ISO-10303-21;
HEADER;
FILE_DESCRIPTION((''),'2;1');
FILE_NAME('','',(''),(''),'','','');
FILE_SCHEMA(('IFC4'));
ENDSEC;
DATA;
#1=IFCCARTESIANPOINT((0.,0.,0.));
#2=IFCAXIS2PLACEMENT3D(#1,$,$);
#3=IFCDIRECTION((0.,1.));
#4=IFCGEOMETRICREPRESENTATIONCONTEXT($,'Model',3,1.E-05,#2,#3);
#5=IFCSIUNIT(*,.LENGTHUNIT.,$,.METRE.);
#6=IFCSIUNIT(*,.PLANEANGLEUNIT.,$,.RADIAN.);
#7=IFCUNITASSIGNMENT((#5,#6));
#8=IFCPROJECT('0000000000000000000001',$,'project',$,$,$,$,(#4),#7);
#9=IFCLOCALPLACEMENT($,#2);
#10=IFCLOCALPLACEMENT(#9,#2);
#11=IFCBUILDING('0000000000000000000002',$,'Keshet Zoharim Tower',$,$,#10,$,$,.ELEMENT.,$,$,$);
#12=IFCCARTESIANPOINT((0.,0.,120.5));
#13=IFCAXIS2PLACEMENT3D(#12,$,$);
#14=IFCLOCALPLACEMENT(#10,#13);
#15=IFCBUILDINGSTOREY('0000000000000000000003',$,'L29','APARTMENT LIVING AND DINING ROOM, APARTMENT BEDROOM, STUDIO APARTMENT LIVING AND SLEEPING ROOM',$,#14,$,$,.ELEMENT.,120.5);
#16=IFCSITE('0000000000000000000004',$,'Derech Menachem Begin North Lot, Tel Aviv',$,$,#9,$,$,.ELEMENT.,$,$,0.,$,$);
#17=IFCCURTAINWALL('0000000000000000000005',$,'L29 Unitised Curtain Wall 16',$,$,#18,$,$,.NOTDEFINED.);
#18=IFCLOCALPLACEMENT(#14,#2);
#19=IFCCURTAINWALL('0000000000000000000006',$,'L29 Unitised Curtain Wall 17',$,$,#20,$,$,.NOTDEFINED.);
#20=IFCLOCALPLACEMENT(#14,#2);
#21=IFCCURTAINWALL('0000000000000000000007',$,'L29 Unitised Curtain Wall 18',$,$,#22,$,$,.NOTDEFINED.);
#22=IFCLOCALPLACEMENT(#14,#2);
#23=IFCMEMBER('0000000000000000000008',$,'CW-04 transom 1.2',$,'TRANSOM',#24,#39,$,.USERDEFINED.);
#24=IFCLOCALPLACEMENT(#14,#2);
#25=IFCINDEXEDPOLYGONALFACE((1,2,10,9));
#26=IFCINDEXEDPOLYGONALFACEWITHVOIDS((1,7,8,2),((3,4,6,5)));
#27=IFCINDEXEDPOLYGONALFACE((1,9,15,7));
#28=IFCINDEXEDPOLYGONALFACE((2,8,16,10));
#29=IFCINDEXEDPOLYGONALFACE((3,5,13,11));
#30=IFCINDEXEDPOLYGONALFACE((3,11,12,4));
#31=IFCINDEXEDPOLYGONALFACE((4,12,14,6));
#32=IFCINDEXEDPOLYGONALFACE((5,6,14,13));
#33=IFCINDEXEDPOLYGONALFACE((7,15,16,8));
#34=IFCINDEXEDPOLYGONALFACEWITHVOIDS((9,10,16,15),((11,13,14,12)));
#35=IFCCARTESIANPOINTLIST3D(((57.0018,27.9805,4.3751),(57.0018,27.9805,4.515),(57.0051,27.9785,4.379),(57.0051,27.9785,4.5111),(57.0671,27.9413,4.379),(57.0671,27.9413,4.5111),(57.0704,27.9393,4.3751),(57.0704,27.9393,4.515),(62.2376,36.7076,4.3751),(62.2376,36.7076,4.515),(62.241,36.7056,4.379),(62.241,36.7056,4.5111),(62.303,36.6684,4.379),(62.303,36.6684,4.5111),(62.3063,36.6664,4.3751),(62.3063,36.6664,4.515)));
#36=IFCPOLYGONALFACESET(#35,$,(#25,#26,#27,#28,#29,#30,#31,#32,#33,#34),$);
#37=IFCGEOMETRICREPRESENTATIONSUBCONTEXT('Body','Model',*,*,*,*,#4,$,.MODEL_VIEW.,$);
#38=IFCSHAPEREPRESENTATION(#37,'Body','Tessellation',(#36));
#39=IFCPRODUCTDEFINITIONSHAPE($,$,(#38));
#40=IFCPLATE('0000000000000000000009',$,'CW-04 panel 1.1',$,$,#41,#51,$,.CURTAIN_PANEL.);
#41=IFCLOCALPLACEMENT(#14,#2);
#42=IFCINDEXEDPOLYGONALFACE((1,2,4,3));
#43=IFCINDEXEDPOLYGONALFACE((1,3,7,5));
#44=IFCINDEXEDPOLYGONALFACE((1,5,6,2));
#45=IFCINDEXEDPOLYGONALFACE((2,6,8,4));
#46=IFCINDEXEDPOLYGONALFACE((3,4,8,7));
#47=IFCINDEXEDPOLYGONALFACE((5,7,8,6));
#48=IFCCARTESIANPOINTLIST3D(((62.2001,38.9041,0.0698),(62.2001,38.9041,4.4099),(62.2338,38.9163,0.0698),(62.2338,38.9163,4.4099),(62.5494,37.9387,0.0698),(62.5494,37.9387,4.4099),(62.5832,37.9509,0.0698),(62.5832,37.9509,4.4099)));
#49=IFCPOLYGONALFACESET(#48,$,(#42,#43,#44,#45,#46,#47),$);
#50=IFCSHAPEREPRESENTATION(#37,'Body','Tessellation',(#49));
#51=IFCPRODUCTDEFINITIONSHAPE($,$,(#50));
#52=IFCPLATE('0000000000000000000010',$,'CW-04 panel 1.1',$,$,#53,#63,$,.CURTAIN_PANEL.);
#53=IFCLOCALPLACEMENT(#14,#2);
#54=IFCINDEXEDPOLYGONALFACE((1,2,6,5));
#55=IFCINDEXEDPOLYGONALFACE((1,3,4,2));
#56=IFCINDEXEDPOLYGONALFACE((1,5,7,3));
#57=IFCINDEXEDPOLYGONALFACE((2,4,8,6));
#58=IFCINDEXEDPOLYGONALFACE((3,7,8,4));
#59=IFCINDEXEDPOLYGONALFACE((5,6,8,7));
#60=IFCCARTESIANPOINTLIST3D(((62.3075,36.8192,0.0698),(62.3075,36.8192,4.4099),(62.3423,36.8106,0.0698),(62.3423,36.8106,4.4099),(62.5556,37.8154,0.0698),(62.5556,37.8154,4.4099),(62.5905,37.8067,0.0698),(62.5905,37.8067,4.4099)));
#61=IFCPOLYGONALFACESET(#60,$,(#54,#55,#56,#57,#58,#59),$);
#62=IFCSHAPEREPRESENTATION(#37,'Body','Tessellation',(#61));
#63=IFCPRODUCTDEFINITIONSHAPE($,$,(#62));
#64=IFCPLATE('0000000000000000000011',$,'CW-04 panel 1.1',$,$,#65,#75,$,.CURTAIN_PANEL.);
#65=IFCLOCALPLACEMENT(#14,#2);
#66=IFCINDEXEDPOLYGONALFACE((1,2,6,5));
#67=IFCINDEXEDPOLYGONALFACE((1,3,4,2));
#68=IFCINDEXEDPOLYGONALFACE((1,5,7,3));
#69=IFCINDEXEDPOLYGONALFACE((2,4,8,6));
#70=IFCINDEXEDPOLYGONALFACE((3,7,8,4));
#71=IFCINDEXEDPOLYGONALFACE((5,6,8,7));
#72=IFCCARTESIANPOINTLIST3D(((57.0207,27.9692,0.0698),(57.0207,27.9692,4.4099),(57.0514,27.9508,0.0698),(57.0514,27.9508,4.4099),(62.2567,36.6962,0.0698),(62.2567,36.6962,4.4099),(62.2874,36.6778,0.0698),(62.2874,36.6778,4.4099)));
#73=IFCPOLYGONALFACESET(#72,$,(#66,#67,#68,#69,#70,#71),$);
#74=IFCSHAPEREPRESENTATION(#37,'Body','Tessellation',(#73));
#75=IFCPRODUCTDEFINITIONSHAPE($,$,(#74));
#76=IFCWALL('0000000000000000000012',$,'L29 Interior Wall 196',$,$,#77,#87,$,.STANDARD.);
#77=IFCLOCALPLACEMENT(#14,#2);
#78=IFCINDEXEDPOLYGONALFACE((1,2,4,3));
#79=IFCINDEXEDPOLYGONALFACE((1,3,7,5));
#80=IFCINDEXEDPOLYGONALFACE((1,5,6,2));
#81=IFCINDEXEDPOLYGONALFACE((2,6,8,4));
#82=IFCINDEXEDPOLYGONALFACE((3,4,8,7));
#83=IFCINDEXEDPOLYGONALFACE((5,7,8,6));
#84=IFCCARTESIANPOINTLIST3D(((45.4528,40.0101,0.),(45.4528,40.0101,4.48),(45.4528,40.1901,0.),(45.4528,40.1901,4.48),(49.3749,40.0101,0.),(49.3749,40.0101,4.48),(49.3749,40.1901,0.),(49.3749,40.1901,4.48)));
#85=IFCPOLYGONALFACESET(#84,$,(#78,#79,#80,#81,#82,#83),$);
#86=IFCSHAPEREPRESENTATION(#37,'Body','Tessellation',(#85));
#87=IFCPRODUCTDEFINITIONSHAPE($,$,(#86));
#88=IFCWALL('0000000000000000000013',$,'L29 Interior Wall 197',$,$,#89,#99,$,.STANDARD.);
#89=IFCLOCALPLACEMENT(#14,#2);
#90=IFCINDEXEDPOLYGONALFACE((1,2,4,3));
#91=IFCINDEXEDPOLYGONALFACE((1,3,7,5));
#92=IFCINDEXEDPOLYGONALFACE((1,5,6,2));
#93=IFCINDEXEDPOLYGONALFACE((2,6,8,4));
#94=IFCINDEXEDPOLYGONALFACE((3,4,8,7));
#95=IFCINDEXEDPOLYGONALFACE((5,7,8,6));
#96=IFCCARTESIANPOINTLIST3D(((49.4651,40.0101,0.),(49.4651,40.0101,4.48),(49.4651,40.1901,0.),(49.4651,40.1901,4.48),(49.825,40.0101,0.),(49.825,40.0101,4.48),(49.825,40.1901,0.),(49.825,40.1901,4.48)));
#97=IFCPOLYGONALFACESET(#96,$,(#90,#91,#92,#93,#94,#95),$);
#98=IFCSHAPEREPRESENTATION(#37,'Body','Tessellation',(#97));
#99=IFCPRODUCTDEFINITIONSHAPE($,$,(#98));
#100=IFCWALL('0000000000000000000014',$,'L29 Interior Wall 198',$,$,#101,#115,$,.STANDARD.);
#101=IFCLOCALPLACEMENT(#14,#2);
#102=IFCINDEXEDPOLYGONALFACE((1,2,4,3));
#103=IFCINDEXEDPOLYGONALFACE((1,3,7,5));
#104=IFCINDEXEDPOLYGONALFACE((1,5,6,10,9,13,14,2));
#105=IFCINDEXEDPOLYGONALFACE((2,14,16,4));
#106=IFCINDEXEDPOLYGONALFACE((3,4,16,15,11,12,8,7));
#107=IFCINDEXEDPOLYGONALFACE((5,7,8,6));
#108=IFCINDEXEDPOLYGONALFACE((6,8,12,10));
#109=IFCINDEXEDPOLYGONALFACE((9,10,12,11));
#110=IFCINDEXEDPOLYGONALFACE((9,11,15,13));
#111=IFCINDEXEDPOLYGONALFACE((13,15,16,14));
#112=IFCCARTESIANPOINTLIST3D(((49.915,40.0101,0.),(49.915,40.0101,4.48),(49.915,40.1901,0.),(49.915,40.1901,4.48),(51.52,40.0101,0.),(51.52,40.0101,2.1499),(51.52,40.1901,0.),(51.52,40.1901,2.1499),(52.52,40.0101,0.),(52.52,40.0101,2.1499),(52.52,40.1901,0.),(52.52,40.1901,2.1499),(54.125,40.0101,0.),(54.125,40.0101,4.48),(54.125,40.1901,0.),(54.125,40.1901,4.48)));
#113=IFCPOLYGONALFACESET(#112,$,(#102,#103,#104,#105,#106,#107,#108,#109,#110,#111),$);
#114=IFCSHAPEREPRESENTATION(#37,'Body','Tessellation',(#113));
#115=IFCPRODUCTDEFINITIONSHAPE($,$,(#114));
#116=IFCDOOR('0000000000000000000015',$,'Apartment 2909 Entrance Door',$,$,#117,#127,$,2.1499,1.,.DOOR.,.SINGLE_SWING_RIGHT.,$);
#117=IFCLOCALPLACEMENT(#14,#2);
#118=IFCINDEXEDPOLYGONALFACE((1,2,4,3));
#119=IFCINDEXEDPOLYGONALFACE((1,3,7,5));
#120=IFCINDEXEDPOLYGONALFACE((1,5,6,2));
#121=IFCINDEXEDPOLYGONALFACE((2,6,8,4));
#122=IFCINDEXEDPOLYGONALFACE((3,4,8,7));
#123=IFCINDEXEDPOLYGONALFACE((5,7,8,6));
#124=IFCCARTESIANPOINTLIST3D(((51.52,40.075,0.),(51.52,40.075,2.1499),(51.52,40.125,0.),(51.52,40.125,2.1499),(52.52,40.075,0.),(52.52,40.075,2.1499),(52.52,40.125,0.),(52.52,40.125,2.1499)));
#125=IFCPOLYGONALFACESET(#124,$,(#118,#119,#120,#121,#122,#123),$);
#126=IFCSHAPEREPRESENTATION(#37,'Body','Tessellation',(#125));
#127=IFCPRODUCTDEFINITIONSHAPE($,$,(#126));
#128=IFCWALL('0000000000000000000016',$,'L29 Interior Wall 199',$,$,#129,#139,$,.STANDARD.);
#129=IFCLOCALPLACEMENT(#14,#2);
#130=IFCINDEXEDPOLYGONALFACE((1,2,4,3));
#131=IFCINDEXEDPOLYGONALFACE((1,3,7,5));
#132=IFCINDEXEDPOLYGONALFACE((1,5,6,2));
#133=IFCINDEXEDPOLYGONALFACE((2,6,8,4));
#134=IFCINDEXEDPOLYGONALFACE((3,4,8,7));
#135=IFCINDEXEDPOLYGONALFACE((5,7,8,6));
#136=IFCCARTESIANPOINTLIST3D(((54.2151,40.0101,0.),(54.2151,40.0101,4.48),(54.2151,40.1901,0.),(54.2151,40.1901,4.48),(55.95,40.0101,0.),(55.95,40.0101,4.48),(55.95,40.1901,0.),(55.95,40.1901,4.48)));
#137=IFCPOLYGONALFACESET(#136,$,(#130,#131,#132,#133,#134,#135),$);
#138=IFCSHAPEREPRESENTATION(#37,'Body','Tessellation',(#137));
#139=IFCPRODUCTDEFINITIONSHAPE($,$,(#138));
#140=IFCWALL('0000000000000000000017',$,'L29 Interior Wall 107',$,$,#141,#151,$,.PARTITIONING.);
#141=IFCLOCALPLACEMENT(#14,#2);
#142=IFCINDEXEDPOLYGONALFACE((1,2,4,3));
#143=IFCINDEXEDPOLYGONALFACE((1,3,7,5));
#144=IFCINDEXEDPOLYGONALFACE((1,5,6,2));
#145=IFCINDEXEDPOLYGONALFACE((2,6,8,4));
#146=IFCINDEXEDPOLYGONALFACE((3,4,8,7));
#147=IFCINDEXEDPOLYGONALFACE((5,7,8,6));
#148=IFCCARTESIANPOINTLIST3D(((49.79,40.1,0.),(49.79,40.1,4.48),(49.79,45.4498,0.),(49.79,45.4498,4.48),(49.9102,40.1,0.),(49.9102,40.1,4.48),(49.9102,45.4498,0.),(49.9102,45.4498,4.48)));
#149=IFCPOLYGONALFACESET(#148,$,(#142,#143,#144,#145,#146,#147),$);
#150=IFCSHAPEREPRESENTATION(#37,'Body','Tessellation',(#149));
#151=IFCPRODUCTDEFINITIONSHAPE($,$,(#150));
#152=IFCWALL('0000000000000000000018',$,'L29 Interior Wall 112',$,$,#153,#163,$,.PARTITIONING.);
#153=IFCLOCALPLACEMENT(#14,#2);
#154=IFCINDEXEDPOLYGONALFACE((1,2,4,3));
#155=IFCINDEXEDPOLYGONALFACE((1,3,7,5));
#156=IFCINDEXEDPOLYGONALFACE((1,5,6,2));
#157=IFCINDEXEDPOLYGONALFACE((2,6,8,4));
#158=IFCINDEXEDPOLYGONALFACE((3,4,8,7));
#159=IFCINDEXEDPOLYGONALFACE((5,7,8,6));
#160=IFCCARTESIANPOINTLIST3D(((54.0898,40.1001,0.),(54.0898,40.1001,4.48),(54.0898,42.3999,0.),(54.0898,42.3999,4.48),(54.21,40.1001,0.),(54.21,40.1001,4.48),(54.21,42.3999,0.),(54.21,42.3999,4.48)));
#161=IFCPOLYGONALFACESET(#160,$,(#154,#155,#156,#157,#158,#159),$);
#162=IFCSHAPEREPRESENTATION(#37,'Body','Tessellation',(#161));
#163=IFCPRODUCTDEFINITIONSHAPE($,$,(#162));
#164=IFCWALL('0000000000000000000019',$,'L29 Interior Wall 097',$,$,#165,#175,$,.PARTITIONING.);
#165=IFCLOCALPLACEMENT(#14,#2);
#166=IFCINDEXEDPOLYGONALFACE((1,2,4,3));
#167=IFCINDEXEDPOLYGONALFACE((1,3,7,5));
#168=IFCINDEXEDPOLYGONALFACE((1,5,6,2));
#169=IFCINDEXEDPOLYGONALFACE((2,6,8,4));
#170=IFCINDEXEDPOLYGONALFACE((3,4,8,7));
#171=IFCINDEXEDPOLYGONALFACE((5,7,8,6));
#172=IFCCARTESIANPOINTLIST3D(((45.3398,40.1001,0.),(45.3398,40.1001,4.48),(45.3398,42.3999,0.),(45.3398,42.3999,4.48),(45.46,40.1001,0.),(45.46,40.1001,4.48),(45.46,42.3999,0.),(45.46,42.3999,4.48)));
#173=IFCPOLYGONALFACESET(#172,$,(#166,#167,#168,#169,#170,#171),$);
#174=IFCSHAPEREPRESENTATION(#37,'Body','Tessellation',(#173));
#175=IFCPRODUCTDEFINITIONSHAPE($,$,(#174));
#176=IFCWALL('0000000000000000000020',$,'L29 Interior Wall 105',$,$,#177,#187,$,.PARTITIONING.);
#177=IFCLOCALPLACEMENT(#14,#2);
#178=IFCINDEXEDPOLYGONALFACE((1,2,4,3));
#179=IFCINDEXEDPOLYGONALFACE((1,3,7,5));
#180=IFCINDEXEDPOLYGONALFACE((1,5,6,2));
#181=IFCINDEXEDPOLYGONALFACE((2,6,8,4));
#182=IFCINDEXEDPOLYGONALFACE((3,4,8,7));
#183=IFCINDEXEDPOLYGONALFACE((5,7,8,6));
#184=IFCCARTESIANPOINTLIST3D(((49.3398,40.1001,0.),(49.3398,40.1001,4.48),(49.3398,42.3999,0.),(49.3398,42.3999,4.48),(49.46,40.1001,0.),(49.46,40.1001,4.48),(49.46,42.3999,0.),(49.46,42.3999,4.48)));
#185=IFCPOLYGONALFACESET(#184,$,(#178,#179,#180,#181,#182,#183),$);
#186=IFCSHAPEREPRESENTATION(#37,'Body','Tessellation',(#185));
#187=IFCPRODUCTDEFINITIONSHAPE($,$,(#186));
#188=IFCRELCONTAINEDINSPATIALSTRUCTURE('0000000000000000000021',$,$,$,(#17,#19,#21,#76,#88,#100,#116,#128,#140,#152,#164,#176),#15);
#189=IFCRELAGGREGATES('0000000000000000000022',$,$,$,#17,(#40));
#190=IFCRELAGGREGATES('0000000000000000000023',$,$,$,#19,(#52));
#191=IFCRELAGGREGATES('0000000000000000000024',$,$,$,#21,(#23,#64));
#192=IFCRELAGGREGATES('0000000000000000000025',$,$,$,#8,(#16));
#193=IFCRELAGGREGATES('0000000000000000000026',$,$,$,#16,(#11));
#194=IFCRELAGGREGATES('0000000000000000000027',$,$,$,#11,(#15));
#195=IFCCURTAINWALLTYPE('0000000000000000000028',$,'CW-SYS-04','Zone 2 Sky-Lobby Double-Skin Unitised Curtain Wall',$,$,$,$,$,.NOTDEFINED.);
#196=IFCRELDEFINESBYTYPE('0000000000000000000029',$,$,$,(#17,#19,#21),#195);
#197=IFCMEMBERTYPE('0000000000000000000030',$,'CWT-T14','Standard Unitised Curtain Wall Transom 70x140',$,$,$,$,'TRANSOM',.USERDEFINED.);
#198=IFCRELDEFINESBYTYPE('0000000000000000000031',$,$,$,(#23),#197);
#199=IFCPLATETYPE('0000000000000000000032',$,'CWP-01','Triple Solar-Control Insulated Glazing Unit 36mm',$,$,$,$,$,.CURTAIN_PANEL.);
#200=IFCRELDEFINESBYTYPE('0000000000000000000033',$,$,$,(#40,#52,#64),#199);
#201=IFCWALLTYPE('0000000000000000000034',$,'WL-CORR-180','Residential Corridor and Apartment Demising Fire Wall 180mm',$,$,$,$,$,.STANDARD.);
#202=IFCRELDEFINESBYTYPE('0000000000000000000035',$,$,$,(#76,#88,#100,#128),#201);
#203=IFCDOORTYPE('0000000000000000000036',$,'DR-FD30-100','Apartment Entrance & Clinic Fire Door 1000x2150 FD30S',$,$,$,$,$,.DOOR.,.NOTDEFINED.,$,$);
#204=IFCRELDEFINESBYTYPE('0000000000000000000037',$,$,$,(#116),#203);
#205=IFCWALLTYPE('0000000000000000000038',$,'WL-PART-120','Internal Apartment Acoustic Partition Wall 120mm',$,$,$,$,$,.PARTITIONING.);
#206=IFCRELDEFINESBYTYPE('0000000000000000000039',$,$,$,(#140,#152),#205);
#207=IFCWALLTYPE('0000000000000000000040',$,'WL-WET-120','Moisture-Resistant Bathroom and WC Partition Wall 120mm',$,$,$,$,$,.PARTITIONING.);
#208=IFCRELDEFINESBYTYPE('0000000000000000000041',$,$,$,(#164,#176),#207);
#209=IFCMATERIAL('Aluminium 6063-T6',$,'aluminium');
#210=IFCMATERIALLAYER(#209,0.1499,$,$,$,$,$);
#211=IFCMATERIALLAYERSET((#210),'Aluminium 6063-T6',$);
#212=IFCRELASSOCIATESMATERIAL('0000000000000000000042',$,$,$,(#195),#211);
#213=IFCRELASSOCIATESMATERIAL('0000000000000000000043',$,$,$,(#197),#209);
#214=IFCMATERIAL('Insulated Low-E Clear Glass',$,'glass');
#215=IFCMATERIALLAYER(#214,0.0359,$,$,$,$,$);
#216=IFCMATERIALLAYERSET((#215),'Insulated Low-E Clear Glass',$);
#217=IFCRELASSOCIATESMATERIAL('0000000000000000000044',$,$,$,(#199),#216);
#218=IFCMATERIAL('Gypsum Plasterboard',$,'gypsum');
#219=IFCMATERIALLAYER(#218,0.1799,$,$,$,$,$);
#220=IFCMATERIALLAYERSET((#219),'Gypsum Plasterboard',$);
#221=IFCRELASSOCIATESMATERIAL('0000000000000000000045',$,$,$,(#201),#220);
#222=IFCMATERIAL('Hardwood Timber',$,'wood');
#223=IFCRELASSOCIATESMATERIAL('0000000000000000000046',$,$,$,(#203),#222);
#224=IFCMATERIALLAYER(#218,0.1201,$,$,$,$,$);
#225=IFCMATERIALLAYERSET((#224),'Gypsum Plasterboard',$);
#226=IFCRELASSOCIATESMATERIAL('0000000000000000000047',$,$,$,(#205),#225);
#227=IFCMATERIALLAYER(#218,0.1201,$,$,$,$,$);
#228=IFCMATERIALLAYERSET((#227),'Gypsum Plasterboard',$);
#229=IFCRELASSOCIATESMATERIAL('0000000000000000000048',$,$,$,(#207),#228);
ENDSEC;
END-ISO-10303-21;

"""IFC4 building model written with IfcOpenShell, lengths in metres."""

from ifc_helpers import new_model, si_unit, direction, frame, frame_2d, origin, origin_2d, place, context, subcontext, project, spatial, rectangle, hollow_rectangle, extrude, material, layer, layer_set, material_profile, profile_set, type_object, element, fill, aggregate, save


model = new_model("IFC4")

# Units and contexts
model_context = context("Model", 3, precision=1e-05, world=origin(), true_north=direction((0.0, 1.0)))
body_context = subcontext(model_context, "Body", "Model", "MODEL_VIEW")
ifc_project = project(units=[si_unit("LENGTHUNIT", "METRE"), si_unit("PLANEANGLEUNIT", "RADIAN")], contexts=[model_context])

# Site, building, storey
site_placement = place(None, origin())
site = spatial("IfcSite", under=ifc_project, at=site_placement, Name="Derech Menachem Begin North Lot, Tel Aviv", CompositionType="ELEMENT", RefElevation=0.0)
building_placement = place(site_placement, origin())
building = spatial("IfcBuilding", under=site, at=building_placement, Name="Keshet Zoharim Tower", CompositionType="ELEMENT")
storey_placement = place(building_placement, frame((0.0, 0.0, 120.5)))
storey = spatial("IfcBuildingStorey", under=building, at=storey_placement, Name="L29", Description="APARTMENT LIVING AND DINING ROOM, APARTMENT BEDROOM, STUDIO APARTMENT LIVING AND SLEEPING ROOM", CompositionType="ELEMENT", Elevation=120.5)

# Shared definitions
ifc_material_1 = material(Name="Aluminium 6063-T6", Category="aluminium")
ifc_layer_1 = layer(ifc_material_1, 0.1499)
ifc_layer_set_1 = layer_set([ifc_layer_1], Name="Aluminium 6063-T6")
curtain_wall_type = type_object("IfcCurtainWallType", Name="CW-SYS-04", Description="Zone 2 Sky-Lobby Double-Skin Unitised Curtain Wall", PredefinedType="NOTDEFINED", material=ifc_layer_set_1)

# Curtain walls
curtain_wall_1_placement = place(storey_placement, origin())
curtain_wall_1 = element("IfcCurtainWall", 1, at=curtain_wall_1_placement, inside=storey, type_object=curtain_wall_type, Name="L29 Unitised Curtain Wall 16", PredefinedType="NOTDEFINED")
curtain_wall_2_placement = place(storey_placement, origin())
curtain_wall_2 = element("IfcCurtainWall", 2, at=curtain_wall_2_placement, inside=storey, type_object=curtain_wall_type, Name="L29 Unitised Curtain Wall 17", PredefinedType="NOTDEFINED")
curtain_wall_3_placement = place(storey_placement, origin())
curtain_wall_3 = element("IfcCurtainWall", 3, at=curtain_wall_3_placement, inside=storey, type_object=curtain_wall_type, Name="L29 Unitised Curtain Wall 18", PredefinedType="NOTDEFINED")

# Member
ifc_material_profile_1 = material_profile(ifc_material_1, hollow_rectangle(XDim=0.0801, YDim=0.1399, WallThickness=0.0039, at=origin_2d()), Name="TRN-80x140")
ifc_profile_set_1 = profile_set([ifc_material_profile_1], Name="Aluminium 6063-T6")
member_type_1 = type_object("IfcMemberType", Name="CWT-T14", Description="Standard Unitised Curtain Wall Transom 70x140", ElementType="TRANSOM", PredefinedType="USERDEFINED", material=ifc_profile_set_1)
member_1_placement = place(storey_placement, frame((62.272, 36.687, 4.4451), z_axis=(-0.514468, -0.85751, 0.0), x_axis=(0.85751, -0.514468, 0.0)))
member_1 = element("IfcMember", 4, at=member_1_placement, type_object=member_type_1, Name="CW-04 transom 1.2", ObjectType="TRANSOM", PredefinedType="USERDEFINED", context=body_context, shape_type="SweptSolid", body=[
    extrude(hollow_rectangle(XDim=0.0801, YDim=0.1399, WallThickness=0.0039, at=origin_2d()), origin(), (0.0, 0.0, 1.0), 10.1772),
])

# Plates
ifc_material_2 = material(Name="Insulated Low-E Clear Glass", Category="glass")
ifc_layer_2 = layer(ifc_material_2, 0.0359)
ifc_layer_set_2 = layer_set([ifc_layer_2], Name="Insulated Low-E Clear Glass")
plate_type = type_object("IfcPlateType", Name="CWP-01", Description="Triple Solar-Control Insulated Glazing Unit 36mm", PredefinedType="CURTAIN_PANEL", material=ifc_layer_set_2)
plate_1_placement = place(storey_placement, frame((62.3916, 38.4275, 0.0698), z_axis=(0.0, 0.0, 1.0), x_axis=(0.340297, -0.940318, 0.0)))
plate_1 = element("IfcPlate", 5, at=plate_1_placement, type_object=plate_type, Name="CW-04 panel 1.1", PredefinedType="CURTAIN_PANEL", context=body_context, shape_type="SweptSolid", body=[
    extrude(rectangle(XDim=1.0266, YDim=0.0359, at=origin_2d()), origin(), (0.0, 0.0, 1.0), 4.3401),
])
aggregate(curtain_wall_1, [plate_1])
plate_2_placement = place(storey_placement, frame((62.449, 37.313, 0.0698), z_axis=(0.0, 0.0, 1.0), x_axis=(-0.241729, -0.970344, 0.0)))
plate_2 = element("IfcPlate", 6, at=plate_2_placement, type_object=plate_type, Name="CW-04 panel 1.1", PredefinedType="CURTAIN_PANEL", context=body_context, shape_type="SweptSolid", body=[
    extrude(rectangle(XDim=1.0266, YDim=0.0359, at=origin_2d()), origin(), (0.0, 0.0, 1.0), 4.3401),
])
aggregate(curtain_wall_2, [plate_2])
plate_3_placement = place(storey_placement, frame((59.6541, 32.3235, 0.0698), z_axis=(0.0, 0.0, 1.0), x_axis=(-0.514482, -0.857501, 0.0)))
plate_3 = element("IfcPlate", 7, at=plate_3_placement, type_object=plate_type, Name="CW-04 panel 1.1", PredefinedType="CURTAIN_PANEL", context=body_context, shape_type="SweptSolid", body=[
    extrude(rectangle(XDim=10.1772, YDim=0.0359, at=origin_2d()), origin(), (0.0, 0.0, 1.0), 4.3401),
])
aggregate(curtain_wall_3, [member_1, plate_3])

# Walls
ifc_material_3 = material(Name="Gypsum Plasterboard", Category="gypsum")
ifc_layer_3 = layer(ifc_material_3, 0.1799)
ifc_layer_set_3 = layer_set([ifc_layer_3], Name="Gypsum Plasterboard")
wall_type_1 = type_object("IfcWallType", Name="WL-CORR-180", Description="Residential Corridor and Apartment Demising Fire Wall 180mm", PredefinedType="STANDARD", material=ifc_layer_set_3)
wall_1_placement = place(storey_placement, frame((45.4529, 40.1001, 0.0), z_axis=(0.0, 0.0, 1.0), x_axis=(1.0, 0.0, 0.0)))
element("IfcWall", 8, at=wall_1_placement, inside=storey, type_object=wall_type_1, Name="L29 Interior Wall 196", PredefinedType="STANDARD", context=body_context, shape_type="SweptSolid", body=[
    extrude(rectangle(XDim=3.9221, YDim=0.1799, at=frame_2d((1.9609, 0.0))), origin(), (0.0, 0.0, 1.0), 4.48),
])
wall_2_placement = place(storey_placement, frame((49.4651, 40.1001, 0.0), z_axis=(0.0, 0.0, 1.0), x_axis=(1.0, 0.0, 0.0)))
element("IfcWall", 9, at=wall_2_placement, inside=storey, type_object=wall_type_1, Name="L29 Interior Wall 197", PredefinedType="STANDARD", context=body_context, shape_type="SweptSolid", body=[
    extrude(rectangle(XDim=0.3599, YDim=0.1799, at=frame_2d((0.1799, 0.0))), origin(), (0.0, 0.0, 1.0), 4.48),
])

# Wall, opening, door
wall_3_placement = place(storey_placement, frame((49.915, 40.1001, 0.0), z_axis=(0.0, 0.0, 1.0), x_axis=(1.0, 0.0, 0.0)))
wall_3 = element("IfcWall", 10, at=wall_3_placement, inside=storey, type_object=wall_type_1, Name="L29 Interior Wall 198", PredefinedType="STANDARD", context=body_context, shape_type="SweptSolid", body=[
    extrude(rectangle(XDim=4.21, YDim=0.1799, at=frame_2d((2.105, 0.0))), origin(), (0.0, 0.0, 1.0), 4.48),
])
opening_placement = place(wall_3_placement, frame((1.605, 0.0, 0.0)))
opening = element("IfcOpeningElement", 11, at=opening_placement, cuts=wall_3, PredefinedType="OPENING", context=body_context, shape_type="SweptSolid", body=[
    extrude(rectangle(XDim=1.0, YDim=2.1499, at=frame_2d((0.5, 1.075))), frame((0.0, 0.1001, 0.0), z_axis=(0.0, -1.0, 0.0), x_axis=(1.0, 0.0, 0.0)), (0.0, 0.0, 1.0), 0.2),
])
ifc_material_4 = material(Name="Hardwood Timber", Category="wood")
door_type = type_object("IfcDoorType", Name="DR-FD30-100", Description="Apartment Entrance & Clinic Fire Door 1000x2150 FD30S", OperationType="NOTDEFINED", PredefinedType="DOOR", material=ifc_material_4)
door_placement = place(opening_placement, origin())
door = element("IfcDoor", 12, at=door_placement, inside=storey, type_object=door_type, Name="Apartment 2909 Entrance Door", OperationType="SINGLE_SWING_RIGHT", OverallHeight=2.1499, OverallWidth=1.0, PredefinedType="DOOR", context=body_context, shape_type="SweptSolid", body=[
    extrude(rectangle(XDim=1.0, YDim=2.1499, at=frame_2d((0.5, 1.075))), frame((0.0, 0.0249, 0.0), z_axis=(0.0, -1.0, 0.0), x_axis=(1.0, 0.0, 0.0)), (0.0, 0.0, 1.0), 0.05),
])
fill(opening, door)

# Walls
wall_4_placement = place(storey_placement, frame((54.2151, 40.1001, 0.0), z_axis=(0.0, 0.0, 1.0), x_axis=(1.0, 0.0, 0.0)))
element("IfcWall", 13, at=wall_4_placement, inside=storey, type_object=wall_type_1, Name="L29 Interior Wall 199", PredefinedType="STANDARD", context=body_context, shape_type="SweptSolid", body=[
    extrude(rectangle(XDim=1.7349, YDim=0.1799, at=frame_2d((0.8674, 0.0))), origin(), (0.0, 0.0, 1.0), 4.48),
])
ifc_layer_4 = layer(ifc_material_3, 0.1201)
ifc_layer_set_4 = layer_set([ifc_layer_4], Name="Gypsum Plasterboard")
wall_type_2 = type_object("IfcWallType", Name="WL-PART-120", Description="Internal Apartment Acoustic Partition Wall 120mm", PredefinedType="PARTITIONING", material=ifc_layer_set_4)
wall_5_placement = place(storey_placement, frame((49.8501, 40.1001, 0.0), z_axis=(0.0, 0.0, 1.0), x_axis=(0.0, 1.0, 0.0)))
element("IfcWall", 14, at=wall_5_placement, inside=storey, type_object=wall_type_2, Name="L29 Interior Wall 107", PredefinedType="PARTITIONING", context=body_context, shape_type="SweptSolid", body=[
    extrude(rectangle(XDim=5.3499, YDim=0.1201, at=frame_2d((2.6748, 0.0))), origin(), (0.0, 0.0, 1.0), 4.48),
])
wall_6_placement = place(storey_placement, frame((54.1499, 40.1001, 0.0), z_axis=(0.0, 0.0, 1.0), x_axis=(0.0, 1.0, 0.0)))
element("IfcWall", 15, at=wall_6_placement, inside=storey, type_object=wall_type_2, Name="L29 Interior Wall 112", PredefinedType="PARTITIONING", context=body_context, shape_type="SweptSolid", body=[
    extrude(rectangle(XDim=2.2998, YDim=0.1201, at=frame_2d((1.1499, 0.0))), origin(), (0.0, 0.0, 1.0), 4.48),
])
ifc_layer_5 = layer(ifc_material_3, 0.1201)
ifc_layer_set_5 = layer_set([ifc_layer_5], Name="Gypsum Plasterboard")
wall_type_3 = type_object("IfcWallType", Name="WL-WET-120", Description="Moisture-Resistant Bathroom and WC Partition Wall 120mm", PredefinedType="PARTITIONING", material=ifc_layer_set_5)
for number, where, z_axis, x_axis, name in (
    (16, (45.3999, 40.1001, 0.0), (0.0, 0.0, 1.0), (0.0, 1.0, 0.0), "L29 Interior Wall 097"),
    (17, (49.3999, 40.1001, 0.0), (0.0, 0.0, 1.0), (0.0, 1.0, 0.0), "L29 Interior Wall 105"),
):
    element("IfcWall", number, at=place(storey_placement, frame(where, z_axis=z_axis, x_axis=x_axis)), inside=storey, type_object=wall_type_3, Name=name, PredefinedType="PARTITIONING", context=body_context, shape_type="SweptSolid", body=[
        extrude(rectangle(XDim=2.2998, YDim=0.1201, at=frame_2d((1.1499, 0.0))), origin(), (0.0, 0.0, 1.0), 4.48),
    ])

save(model, "model.ifc")
